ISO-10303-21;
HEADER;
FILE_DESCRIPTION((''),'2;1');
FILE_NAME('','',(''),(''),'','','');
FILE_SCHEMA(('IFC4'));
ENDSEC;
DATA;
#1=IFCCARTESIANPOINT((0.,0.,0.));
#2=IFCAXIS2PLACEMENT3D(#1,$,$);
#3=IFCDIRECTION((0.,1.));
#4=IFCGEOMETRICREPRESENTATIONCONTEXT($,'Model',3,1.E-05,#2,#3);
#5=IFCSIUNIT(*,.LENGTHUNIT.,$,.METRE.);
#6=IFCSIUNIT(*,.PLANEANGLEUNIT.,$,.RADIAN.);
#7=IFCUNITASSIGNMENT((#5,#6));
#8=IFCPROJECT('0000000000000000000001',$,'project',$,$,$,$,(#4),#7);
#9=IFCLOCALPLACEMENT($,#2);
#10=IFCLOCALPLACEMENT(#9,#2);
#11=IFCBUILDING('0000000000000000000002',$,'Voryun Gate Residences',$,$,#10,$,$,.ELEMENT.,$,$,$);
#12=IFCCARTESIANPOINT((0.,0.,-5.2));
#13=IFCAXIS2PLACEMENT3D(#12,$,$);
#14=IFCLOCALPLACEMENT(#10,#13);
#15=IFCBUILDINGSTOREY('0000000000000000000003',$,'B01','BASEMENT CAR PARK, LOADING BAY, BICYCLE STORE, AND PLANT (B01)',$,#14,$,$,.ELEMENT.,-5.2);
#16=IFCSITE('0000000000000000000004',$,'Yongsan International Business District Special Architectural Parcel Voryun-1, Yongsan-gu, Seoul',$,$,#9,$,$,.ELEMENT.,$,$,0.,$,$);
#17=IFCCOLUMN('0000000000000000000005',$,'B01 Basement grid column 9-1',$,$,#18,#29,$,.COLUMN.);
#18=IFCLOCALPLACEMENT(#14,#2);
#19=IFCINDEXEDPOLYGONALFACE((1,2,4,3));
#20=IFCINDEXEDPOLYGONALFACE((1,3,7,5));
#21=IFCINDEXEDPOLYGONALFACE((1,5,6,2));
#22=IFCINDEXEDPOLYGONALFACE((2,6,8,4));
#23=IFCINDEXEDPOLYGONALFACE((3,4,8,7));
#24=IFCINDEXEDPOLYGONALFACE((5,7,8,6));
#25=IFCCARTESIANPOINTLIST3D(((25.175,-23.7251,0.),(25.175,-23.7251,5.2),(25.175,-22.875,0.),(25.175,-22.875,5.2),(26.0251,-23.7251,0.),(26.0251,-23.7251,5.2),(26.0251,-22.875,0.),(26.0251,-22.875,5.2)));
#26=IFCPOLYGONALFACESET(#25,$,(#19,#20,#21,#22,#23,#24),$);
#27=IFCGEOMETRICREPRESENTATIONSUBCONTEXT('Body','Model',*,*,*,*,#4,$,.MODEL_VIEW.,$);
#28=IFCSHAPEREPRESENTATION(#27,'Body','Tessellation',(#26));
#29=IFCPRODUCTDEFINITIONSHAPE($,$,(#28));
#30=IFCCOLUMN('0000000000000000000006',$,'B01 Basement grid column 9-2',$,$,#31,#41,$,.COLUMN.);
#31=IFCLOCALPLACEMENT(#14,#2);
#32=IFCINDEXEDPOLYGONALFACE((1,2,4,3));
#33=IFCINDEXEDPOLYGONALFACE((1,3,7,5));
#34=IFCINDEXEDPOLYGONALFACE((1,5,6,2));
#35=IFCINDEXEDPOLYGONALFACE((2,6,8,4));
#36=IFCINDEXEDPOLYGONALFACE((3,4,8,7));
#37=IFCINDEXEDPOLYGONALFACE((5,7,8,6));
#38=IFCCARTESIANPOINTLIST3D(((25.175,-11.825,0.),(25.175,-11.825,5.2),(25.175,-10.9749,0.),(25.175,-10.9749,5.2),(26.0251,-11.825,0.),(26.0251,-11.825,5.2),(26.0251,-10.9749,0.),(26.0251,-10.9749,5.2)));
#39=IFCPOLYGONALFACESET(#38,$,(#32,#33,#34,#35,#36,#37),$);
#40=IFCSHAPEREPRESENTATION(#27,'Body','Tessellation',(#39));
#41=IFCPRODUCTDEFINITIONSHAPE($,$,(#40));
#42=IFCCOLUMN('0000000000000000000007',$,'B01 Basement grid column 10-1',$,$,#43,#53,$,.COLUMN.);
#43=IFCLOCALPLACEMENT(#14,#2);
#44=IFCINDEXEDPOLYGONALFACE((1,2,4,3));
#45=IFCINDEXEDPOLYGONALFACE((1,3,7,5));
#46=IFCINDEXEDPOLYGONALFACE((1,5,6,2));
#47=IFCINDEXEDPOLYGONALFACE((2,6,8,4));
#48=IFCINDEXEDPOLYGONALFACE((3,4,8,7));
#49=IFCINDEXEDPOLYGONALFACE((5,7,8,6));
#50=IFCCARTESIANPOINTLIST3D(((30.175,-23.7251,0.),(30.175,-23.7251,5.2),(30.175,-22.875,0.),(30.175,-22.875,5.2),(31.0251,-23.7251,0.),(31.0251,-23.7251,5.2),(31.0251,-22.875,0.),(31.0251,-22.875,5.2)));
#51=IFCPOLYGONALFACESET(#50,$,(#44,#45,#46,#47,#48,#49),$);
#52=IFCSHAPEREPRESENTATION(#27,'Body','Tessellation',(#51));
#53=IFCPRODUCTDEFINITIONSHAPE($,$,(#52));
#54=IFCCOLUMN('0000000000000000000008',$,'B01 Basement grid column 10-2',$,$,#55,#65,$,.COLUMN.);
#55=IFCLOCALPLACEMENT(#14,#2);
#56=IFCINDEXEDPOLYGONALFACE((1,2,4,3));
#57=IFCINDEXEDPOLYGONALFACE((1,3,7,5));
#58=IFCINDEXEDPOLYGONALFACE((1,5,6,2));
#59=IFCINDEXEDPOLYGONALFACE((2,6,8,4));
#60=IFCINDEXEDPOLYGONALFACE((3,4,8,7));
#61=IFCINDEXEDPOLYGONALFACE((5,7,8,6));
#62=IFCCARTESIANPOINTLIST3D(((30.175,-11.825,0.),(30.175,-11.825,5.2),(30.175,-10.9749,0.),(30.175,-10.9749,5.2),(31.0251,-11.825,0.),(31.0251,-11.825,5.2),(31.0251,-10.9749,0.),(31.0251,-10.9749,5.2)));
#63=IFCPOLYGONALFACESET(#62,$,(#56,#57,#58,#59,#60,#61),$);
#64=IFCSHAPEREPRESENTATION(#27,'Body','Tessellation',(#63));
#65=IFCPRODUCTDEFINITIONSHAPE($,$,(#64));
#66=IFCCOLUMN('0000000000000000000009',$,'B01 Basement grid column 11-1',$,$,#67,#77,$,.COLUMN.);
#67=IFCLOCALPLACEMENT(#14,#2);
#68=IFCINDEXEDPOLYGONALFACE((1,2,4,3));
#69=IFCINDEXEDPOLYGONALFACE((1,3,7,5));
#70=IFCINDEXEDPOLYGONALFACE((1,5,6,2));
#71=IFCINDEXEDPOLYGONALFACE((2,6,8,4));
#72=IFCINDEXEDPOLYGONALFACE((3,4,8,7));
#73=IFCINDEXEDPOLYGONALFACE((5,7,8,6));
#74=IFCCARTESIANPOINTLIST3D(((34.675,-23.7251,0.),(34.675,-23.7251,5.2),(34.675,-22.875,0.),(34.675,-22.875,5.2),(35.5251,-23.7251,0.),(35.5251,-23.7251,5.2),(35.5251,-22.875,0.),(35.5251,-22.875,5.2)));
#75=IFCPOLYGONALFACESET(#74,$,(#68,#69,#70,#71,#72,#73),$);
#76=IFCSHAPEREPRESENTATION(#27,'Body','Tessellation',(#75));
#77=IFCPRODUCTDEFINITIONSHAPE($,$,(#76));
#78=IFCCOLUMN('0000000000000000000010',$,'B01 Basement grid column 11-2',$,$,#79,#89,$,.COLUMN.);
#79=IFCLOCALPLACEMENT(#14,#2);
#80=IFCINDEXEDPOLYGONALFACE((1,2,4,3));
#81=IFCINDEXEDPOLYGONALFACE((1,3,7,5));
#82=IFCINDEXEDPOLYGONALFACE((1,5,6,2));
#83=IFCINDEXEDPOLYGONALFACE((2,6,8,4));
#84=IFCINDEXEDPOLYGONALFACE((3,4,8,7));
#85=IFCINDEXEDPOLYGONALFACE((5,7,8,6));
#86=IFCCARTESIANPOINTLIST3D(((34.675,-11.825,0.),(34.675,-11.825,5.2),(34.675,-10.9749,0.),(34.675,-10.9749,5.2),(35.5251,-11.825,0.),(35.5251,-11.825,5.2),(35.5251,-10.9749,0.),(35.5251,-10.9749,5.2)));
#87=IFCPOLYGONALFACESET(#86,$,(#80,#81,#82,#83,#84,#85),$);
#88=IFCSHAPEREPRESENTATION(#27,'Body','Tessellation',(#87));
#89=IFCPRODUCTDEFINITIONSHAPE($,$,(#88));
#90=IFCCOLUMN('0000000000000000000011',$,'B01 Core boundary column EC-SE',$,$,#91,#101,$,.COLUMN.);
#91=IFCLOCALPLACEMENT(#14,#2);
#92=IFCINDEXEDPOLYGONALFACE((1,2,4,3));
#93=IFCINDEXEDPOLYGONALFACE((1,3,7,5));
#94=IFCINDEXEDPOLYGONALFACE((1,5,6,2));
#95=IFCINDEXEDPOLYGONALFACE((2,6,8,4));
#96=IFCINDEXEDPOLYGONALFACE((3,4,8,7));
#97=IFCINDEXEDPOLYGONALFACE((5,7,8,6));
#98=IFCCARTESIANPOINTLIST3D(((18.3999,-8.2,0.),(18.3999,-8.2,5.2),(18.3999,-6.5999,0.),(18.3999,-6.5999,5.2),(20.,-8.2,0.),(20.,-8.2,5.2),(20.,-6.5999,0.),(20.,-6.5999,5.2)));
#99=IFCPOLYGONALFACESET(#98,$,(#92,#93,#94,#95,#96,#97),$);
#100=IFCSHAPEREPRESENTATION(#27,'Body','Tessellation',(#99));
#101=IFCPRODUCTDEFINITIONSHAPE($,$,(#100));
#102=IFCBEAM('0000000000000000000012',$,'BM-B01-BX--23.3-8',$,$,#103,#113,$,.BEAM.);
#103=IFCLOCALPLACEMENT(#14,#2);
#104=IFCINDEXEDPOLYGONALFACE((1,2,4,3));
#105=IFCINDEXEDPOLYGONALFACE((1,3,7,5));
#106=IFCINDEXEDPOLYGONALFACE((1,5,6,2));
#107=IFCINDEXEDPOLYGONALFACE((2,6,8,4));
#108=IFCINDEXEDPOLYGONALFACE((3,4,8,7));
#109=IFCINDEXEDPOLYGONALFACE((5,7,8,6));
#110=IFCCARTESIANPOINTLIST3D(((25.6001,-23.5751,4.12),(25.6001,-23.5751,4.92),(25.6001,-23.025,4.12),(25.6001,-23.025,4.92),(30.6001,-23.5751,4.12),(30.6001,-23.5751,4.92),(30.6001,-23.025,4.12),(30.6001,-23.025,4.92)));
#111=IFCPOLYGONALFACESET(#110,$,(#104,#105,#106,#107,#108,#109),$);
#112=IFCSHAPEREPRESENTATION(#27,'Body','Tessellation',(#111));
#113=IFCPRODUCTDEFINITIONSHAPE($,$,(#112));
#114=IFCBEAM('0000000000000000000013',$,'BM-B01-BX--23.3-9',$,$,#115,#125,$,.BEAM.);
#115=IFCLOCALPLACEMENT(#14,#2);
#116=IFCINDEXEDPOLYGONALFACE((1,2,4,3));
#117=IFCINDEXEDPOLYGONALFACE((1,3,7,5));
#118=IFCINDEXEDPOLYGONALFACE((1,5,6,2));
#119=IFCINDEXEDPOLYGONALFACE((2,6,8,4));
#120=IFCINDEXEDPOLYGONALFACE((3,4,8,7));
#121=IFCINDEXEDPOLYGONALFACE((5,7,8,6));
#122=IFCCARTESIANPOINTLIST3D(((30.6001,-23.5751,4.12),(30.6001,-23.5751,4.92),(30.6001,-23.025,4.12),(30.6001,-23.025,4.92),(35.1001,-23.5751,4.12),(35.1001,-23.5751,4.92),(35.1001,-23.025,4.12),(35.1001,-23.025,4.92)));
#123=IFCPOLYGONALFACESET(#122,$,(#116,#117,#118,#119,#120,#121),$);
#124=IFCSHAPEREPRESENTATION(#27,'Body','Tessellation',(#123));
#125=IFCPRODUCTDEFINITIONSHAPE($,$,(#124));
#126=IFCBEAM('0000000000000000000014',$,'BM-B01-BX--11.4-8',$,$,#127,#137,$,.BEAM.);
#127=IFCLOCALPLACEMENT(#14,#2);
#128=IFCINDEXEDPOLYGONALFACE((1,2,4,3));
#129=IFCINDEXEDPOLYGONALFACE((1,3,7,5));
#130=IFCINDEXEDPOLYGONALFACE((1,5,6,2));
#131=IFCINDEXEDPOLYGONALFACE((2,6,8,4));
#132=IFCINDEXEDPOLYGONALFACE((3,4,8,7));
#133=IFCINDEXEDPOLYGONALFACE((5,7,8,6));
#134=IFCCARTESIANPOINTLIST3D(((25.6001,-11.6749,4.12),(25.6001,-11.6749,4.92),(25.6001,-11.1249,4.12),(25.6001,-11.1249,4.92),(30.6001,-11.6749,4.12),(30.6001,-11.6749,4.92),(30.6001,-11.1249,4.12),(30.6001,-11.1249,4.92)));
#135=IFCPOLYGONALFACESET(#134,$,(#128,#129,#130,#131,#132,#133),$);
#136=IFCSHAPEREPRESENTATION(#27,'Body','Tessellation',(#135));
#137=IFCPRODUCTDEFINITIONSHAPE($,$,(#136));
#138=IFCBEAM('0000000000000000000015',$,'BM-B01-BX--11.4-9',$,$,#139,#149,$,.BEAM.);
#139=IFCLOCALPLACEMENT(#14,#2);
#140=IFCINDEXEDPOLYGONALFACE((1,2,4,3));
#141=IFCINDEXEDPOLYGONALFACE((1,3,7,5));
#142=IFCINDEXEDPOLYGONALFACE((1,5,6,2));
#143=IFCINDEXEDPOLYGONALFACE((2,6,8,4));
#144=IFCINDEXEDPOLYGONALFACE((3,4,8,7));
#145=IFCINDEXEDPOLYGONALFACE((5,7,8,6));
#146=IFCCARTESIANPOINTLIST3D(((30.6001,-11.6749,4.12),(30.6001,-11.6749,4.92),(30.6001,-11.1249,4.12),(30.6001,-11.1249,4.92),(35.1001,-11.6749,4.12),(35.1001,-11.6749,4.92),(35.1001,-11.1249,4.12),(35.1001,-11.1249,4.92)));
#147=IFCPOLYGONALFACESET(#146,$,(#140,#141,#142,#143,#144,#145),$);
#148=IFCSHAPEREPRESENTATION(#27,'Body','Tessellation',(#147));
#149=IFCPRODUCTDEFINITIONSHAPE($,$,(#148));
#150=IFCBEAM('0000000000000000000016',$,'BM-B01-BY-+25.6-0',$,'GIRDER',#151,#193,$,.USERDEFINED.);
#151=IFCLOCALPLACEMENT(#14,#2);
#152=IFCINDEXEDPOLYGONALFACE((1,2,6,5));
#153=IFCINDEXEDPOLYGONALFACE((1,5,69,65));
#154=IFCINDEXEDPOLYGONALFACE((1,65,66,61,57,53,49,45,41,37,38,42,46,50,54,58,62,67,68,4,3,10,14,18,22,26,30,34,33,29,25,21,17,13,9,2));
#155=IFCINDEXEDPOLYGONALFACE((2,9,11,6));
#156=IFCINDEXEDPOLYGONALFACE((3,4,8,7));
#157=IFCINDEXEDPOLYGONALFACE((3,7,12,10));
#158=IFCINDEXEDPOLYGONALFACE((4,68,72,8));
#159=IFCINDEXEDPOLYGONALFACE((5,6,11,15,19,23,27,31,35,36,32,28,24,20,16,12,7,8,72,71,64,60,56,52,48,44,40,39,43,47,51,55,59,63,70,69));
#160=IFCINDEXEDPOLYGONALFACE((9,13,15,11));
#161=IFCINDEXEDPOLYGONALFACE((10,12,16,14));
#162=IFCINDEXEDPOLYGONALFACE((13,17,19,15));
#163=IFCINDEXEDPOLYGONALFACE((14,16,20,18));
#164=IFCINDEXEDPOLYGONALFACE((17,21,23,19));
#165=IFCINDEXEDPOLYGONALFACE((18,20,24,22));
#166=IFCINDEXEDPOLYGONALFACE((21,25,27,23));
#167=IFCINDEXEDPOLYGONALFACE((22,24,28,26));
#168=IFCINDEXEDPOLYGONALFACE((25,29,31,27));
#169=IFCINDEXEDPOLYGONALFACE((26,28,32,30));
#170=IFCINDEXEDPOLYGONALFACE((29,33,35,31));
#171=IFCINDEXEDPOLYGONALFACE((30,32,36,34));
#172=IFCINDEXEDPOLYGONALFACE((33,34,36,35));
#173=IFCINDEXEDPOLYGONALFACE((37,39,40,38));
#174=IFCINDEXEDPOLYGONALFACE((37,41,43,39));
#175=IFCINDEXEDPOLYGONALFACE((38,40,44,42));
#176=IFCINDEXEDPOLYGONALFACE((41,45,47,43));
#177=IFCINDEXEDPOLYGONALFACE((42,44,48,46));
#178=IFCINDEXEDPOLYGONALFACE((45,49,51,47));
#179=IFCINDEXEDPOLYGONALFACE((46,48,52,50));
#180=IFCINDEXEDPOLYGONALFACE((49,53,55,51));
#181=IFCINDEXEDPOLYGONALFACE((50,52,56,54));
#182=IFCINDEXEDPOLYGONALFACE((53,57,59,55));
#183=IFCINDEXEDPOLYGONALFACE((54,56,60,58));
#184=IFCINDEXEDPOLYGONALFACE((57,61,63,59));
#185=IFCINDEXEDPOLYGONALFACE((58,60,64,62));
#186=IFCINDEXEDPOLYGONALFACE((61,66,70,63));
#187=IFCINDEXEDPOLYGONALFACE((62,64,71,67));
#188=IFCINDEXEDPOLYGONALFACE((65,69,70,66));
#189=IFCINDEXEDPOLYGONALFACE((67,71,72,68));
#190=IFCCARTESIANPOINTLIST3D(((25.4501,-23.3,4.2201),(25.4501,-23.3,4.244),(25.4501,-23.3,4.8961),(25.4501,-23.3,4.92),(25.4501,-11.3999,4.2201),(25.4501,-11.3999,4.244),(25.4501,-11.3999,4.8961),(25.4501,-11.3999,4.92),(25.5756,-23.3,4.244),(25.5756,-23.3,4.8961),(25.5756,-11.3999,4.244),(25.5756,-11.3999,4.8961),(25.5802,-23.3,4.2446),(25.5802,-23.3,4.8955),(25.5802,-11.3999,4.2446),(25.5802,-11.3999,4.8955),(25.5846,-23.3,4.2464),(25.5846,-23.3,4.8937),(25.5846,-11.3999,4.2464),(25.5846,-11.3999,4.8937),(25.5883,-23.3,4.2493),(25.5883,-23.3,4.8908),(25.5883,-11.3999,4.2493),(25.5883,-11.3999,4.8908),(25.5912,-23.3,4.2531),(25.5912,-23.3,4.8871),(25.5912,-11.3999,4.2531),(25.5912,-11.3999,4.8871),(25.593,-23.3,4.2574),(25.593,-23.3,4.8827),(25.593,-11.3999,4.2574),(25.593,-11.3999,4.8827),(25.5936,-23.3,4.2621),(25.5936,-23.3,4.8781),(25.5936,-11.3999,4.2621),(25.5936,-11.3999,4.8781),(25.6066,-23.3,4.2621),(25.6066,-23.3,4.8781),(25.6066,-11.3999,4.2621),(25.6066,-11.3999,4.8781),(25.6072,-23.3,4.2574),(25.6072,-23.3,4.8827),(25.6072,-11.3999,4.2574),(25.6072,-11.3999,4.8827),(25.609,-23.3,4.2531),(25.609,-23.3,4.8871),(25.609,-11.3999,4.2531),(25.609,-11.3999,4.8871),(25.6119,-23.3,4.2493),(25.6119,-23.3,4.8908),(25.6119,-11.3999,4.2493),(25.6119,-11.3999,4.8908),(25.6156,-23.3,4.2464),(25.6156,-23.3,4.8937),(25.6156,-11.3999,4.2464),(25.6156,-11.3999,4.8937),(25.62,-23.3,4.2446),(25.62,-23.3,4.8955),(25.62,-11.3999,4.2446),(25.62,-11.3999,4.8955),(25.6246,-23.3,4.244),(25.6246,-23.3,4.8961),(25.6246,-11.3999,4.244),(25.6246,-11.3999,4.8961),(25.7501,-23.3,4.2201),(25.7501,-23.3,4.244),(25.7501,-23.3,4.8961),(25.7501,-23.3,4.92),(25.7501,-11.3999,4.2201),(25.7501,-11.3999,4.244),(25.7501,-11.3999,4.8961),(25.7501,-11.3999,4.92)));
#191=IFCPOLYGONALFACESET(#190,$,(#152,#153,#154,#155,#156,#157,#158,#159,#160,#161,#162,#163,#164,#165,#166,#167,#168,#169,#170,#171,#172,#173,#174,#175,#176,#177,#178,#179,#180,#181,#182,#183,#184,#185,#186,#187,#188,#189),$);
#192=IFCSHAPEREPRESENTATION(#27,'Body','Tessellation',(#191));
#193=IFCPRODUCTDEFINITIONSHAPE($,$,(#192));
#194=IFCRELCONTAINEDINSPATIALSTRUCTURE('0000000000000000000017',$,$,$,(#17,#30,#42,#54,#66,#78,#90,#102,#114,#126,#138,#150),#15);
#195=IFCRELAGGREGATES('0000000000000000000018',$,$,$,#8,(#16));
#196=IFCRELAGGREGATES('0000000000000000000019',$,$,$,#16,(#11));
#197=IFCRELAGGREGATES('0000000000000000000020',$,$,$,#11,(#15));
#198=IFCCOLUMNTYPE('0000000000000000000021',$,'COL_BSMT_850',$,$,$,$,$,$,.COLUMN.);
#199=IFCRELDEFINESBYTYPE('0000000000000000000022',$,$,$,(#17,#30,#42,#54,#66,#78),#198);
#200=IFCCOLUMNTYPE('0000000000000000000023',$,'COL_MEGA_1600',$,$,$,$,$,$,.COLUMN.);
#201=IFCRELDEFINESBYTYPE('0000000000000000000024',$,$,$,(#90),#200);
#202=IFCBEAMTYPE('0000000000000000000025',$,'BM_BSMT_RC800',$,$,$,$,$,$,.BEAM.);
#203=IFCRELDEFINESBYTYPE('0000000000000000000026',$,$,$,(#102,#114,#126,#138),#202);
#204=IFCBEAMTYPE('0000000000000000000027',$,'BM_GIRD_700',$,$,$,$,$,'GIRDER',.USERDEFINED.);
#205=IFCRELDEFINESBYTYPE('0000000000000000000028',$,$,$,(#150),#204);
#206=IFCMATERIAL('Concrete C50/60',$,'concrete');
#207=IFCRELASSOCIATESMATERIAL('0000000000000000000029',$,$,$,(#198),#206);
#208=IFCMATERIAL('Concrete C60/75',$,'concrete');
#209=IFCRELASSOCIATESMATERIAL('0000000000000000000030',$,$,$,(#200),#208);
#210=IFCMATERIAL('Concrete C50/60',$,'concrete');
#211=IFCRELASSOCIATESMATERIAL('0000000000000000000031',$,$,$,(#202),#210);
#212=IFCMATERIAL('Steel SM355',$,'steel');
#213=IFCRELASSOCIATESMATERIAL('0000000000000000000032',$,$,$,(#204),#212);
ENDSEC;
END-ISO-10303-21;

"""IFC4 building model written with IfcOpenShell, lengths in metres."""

from ifc_helpers import new_model, si_unit, direction, frame, origin, origin_2d, place, context, subcontext, project, spatial, rectangle, i_section, extrude, material, material_profile, profile_set, type_object, element, save


model = new_model("IFC4")

# Units and contexts
model_context = context("Model", 3, precision=1e-05, world=origin(), true_north=direction((0.0, 1.0)))
body_context = subcontext(model_context, "Body", "Model", "MODEL_VIEW")
ifc_project = project(units=[si_unit("LENGTHUNIT", "METRE"), si_unit("PLANEANGLEUNIT", "RADIAN")], contexts=[model_context])

# Site, building, storey
site_placement = place(None, origin())
site = spatial("IfcSite", under=ifc_project, at=site_placement, Name="Yongsan International Business District Special Architectural Parcel Voryun-1, Yongsan-gu, Seoul", CompositionType="ELEMENT", RefElevation=0.0)
building_placement = place(site_placement, origin())
building = spatial("IfcBuilding", under=site, at=building_placement, Name="Voryun Gate Residences", CompositionType="ELEMENT")
storey_placement = place(building_placement, frame((0.0, 0.0, -5.2)))
storey = spatial("IfcBuildingStorey", under=building, at=storey_placement, Name="B01", Description="BASEMENT CAR PARK, LOADING BAY, BICYCLE STORE, AND PLANT (B01)", CompositionType="ELEMENT", Elevation=-5.2)

# Columns
ifc_material_1 = material(Name="Concrete C50/60", Category="concrete")
ifc_material_profile_1 = material_profile(ifc_material_1, rectangle(XDim=0.8501, YDim=0.8501, at=origin_2d()), Name="RC-850x850")
ifc_profile_set_1 = profile_set([ifc_material_profile_1], Name="Concrete C50/60")
column_type_1 = type_object("IfcColumnType", Name="COL_BSMT_850", PredefinedType="COLUMN", material=ifc_profile_set_1)
for number, where, z_axis, x_axis, name in (
    (1, (25.6001, -23.3, 0.0), (0.0, 0.0, 1.0), (1.0, 0.0, 0.0), "B01 Basement grid column 9-1"),
    (2, (25.6001, -11.3999, 0.0), (0.0, 0.0, 1.0), (1.0, 0.0, 0.0), "B01 Basement grid column 9-2"),
    (3, (30.6001, -23.3, 0.0), (0.0, 0.0, 1.0), (1.0, 0.0, 0.0), "B01 Basement grid column 10-1"),
    (4, (30.6001, -11.3999, 0.0), (0.0, 0.0, 1.0), (1.0, 0.0, 0.0), "B01 Basement grid column 10-2"),
    (5, (35.1001, -23.3, 0.0), (0.0, 0.0, 1.0), (1.0, 0.0, 0.0), "B01 Basement grid column 11-1"),
    (6, (35.1001, -11.3999, 0.0), (0.0, 0.0, 1.0), (1.0, 0.0, 0.0), "B01 Basement grid column 11-2"),
):
    element("IfcColumn", number, at=place(storey_placement, frame(where, z_axis=z_axis, x_axis=x_axis)), inside=storey, type_object=column_type_1, Name=name, PredefinedType="COLUMN", context=body_context, shape_type="SweptSolid", body=[
        extrude(rectangle(XDim=0.8501, YDim=0.8501, at=origin_2d()), origin(), (0.0, 0.0, 1.0), 5.2),
    ])
ifc_material_2 = material(Name="Concrete C60/75", Category="concrete")
ifc_material_profile_2 = material_profile(ifc_material_2, rectangle(XDim=1.6001, YDim=1.6001, at=origin_2d()), Name="RC-1600x1600")
ifc_profile_set_2 = profile_set([ifc_material_profile_2], Name="Concrete C60/75")
column_type_2 = type_object("IfcColumnType", Name="COL_MEGA_1600", PredefinedType="COLUMN", material=ifc_profile_set_2)
column_placement = place(storey_placement, frame((19.2, -7.3999, 0.0), z_axis=(0.0, 0.0, 1.0), x_axis=(1.0, 0.0, 0.0)))
element("IfcColumn", 7, at=column_placement, inside=storey, type_object=column_type_2, Name="B01 Core boundary column EC-SE", PredefinedType="COLUMN", context=body_context, shape_type="SweptSolid", body=[
    extrude(rectangle(XDim=1.6001, YDim=1.6001, at=origin_2d()), origin(), (0.0, 0.0, 1.0), 5.2),
])

# Beams
ifc_material_3 = material(Name="Concrete C50/60", Category="concrete")
ifc_material_profile_3 = material_profile(ifc_material_3, rectangle(XDim=0.55, YDim=0.8, at=origin_2d()), Name="RC-550x800")
ifc_profile_set_3 = profile_set([ifc_material_profile_3], Name="Concrete C50/60")
beam_type_1 = type_object("IfcBeamType", Name="BM_BSMT_RC800", PredefinedType="BEAM", material=ifc_profile_set_3)
beam_1_placement = place(storey_placement, frame((25.6001, -23.3, 4.52), z_axis=(1.0, 0.0, 0.0), x_axis=(0.0, 1.0, 0.0)))
element("IfcBeam", 8, at=beam_1_placement, inside=storey, type_object=beam_type_1, Name="BM-B01-BX--23.3-8", PredefinedType="BEAM", context=body_context, shape_type="SweptSolid", body=[
    extrude(rectangle(XDim=0.55, YDim=0.8, at=origin_2d()), origin(), (0.0, 0.0, 1.0), 5.0),
])
beam_2_placement = place(storey_placement, frame((30.6001, -23.3, 4.52), z_axis=(1.0, 0.0, 0.0), x_axis=(0.0, 1.0, 0.0)))
element("IfcBeam", 9, at=beam_2_placement, inside=storey, type_object=beam_type_1, Name="BM-B01-BX--23.3-9", PredefinedType="BEAM", context=body_context, shape_type="SweptSolid", body=[
    extrude(rectangle(XDim=0.55, YDim=0.8, at=origin_2d()), origin(), (0.0, 0.0, 1.0), 4.5),
])
beam_3_placement = place(storey_placement, frame((25.6001, -11.3999, 4.52), z_axis=(1.0, 0.0, 0.0), x_axis=(0.0, 1.0, 0.0)))
element("IfcBeam", 10, at=beam_3_placement, inside=storey, type_object=beam_type_1, Name="BM-B01-BX--11.4-8", PredefinedType="BEAM", context=body_context, shape_type="SweptSolid", body=[
    extrude(rectangle(XDim=0.55, YDim=0.8, at=origin_2d()), origin(), (0.0, 0.0, 1.0), 5.0),
])
beam_4_placement = place(storey_placement, frame((30.6001, -11.3999, 4.52), z_axis=(1.0, 0.0, 0.0), x_axis=(0.0, 1.0, 0.0)))
element("IfcBeam", 11, at=beam_4_placement, inside=storey, type_object=beam_type_1, Name="BM-B01-BX--11.4-9", PredefinedType="BEAM", context=body_context, shape_type="SweptSolid", body=[
    extrude(rectangle(XDim=0.55, YDim=0.8, at=origin_2d()), origin(), (0.0, 0.0, 1.0), 4.5),
])
ifc_material_4 = material(Name="Steel SM355", Category="steel")
ifc_material_profile_4 = material_profile(ifc_material_4, i_section(OverallWidth=0.3, OverallDepth=0.7, WebThickness=0.0129, FlangeThickness=0.0239, FilletRadius=0.0181, at=origin_2d()), Name="H-700x300x13x24")
ifc_profile_set_4 = profile_set([ifc_material_profile_4], Name="Steel SM355")
beam_type_2 = type_object("IfcBeamType", Name="BM_GIRD_700", ElementType="GIRDER", PredefinedType="USERDEFINED", material=ifc_profile_set_4)
beam_5_placement = place(storey_placement, frame((25.6001, -23.3, 4.5701), z_axis=(0.0, 1.0, 0.0), x_axis=(-1.0, 0.0, 0.0)))
element("IfcBeam", 12, at=beam_5_placement, inside=storey, type_object=beam_type_2, Name="BM-B01-BY-+25.6-0", ObjectType="GIRDER", PredefinedType="USERDEFINED", context=body_context, shape_type="SweptSolid", body=[
    extrude(i_section(OverallWidth=0.3, OverallDepth=0.7, WebThickness=0.0129, FlangeThickness=0.0239, FilletRadius=0.0181, at=origin_2d()), origin(), (0.0, 0.0, 1.0), 11.9001),
])

save(model, "model.ifc")
